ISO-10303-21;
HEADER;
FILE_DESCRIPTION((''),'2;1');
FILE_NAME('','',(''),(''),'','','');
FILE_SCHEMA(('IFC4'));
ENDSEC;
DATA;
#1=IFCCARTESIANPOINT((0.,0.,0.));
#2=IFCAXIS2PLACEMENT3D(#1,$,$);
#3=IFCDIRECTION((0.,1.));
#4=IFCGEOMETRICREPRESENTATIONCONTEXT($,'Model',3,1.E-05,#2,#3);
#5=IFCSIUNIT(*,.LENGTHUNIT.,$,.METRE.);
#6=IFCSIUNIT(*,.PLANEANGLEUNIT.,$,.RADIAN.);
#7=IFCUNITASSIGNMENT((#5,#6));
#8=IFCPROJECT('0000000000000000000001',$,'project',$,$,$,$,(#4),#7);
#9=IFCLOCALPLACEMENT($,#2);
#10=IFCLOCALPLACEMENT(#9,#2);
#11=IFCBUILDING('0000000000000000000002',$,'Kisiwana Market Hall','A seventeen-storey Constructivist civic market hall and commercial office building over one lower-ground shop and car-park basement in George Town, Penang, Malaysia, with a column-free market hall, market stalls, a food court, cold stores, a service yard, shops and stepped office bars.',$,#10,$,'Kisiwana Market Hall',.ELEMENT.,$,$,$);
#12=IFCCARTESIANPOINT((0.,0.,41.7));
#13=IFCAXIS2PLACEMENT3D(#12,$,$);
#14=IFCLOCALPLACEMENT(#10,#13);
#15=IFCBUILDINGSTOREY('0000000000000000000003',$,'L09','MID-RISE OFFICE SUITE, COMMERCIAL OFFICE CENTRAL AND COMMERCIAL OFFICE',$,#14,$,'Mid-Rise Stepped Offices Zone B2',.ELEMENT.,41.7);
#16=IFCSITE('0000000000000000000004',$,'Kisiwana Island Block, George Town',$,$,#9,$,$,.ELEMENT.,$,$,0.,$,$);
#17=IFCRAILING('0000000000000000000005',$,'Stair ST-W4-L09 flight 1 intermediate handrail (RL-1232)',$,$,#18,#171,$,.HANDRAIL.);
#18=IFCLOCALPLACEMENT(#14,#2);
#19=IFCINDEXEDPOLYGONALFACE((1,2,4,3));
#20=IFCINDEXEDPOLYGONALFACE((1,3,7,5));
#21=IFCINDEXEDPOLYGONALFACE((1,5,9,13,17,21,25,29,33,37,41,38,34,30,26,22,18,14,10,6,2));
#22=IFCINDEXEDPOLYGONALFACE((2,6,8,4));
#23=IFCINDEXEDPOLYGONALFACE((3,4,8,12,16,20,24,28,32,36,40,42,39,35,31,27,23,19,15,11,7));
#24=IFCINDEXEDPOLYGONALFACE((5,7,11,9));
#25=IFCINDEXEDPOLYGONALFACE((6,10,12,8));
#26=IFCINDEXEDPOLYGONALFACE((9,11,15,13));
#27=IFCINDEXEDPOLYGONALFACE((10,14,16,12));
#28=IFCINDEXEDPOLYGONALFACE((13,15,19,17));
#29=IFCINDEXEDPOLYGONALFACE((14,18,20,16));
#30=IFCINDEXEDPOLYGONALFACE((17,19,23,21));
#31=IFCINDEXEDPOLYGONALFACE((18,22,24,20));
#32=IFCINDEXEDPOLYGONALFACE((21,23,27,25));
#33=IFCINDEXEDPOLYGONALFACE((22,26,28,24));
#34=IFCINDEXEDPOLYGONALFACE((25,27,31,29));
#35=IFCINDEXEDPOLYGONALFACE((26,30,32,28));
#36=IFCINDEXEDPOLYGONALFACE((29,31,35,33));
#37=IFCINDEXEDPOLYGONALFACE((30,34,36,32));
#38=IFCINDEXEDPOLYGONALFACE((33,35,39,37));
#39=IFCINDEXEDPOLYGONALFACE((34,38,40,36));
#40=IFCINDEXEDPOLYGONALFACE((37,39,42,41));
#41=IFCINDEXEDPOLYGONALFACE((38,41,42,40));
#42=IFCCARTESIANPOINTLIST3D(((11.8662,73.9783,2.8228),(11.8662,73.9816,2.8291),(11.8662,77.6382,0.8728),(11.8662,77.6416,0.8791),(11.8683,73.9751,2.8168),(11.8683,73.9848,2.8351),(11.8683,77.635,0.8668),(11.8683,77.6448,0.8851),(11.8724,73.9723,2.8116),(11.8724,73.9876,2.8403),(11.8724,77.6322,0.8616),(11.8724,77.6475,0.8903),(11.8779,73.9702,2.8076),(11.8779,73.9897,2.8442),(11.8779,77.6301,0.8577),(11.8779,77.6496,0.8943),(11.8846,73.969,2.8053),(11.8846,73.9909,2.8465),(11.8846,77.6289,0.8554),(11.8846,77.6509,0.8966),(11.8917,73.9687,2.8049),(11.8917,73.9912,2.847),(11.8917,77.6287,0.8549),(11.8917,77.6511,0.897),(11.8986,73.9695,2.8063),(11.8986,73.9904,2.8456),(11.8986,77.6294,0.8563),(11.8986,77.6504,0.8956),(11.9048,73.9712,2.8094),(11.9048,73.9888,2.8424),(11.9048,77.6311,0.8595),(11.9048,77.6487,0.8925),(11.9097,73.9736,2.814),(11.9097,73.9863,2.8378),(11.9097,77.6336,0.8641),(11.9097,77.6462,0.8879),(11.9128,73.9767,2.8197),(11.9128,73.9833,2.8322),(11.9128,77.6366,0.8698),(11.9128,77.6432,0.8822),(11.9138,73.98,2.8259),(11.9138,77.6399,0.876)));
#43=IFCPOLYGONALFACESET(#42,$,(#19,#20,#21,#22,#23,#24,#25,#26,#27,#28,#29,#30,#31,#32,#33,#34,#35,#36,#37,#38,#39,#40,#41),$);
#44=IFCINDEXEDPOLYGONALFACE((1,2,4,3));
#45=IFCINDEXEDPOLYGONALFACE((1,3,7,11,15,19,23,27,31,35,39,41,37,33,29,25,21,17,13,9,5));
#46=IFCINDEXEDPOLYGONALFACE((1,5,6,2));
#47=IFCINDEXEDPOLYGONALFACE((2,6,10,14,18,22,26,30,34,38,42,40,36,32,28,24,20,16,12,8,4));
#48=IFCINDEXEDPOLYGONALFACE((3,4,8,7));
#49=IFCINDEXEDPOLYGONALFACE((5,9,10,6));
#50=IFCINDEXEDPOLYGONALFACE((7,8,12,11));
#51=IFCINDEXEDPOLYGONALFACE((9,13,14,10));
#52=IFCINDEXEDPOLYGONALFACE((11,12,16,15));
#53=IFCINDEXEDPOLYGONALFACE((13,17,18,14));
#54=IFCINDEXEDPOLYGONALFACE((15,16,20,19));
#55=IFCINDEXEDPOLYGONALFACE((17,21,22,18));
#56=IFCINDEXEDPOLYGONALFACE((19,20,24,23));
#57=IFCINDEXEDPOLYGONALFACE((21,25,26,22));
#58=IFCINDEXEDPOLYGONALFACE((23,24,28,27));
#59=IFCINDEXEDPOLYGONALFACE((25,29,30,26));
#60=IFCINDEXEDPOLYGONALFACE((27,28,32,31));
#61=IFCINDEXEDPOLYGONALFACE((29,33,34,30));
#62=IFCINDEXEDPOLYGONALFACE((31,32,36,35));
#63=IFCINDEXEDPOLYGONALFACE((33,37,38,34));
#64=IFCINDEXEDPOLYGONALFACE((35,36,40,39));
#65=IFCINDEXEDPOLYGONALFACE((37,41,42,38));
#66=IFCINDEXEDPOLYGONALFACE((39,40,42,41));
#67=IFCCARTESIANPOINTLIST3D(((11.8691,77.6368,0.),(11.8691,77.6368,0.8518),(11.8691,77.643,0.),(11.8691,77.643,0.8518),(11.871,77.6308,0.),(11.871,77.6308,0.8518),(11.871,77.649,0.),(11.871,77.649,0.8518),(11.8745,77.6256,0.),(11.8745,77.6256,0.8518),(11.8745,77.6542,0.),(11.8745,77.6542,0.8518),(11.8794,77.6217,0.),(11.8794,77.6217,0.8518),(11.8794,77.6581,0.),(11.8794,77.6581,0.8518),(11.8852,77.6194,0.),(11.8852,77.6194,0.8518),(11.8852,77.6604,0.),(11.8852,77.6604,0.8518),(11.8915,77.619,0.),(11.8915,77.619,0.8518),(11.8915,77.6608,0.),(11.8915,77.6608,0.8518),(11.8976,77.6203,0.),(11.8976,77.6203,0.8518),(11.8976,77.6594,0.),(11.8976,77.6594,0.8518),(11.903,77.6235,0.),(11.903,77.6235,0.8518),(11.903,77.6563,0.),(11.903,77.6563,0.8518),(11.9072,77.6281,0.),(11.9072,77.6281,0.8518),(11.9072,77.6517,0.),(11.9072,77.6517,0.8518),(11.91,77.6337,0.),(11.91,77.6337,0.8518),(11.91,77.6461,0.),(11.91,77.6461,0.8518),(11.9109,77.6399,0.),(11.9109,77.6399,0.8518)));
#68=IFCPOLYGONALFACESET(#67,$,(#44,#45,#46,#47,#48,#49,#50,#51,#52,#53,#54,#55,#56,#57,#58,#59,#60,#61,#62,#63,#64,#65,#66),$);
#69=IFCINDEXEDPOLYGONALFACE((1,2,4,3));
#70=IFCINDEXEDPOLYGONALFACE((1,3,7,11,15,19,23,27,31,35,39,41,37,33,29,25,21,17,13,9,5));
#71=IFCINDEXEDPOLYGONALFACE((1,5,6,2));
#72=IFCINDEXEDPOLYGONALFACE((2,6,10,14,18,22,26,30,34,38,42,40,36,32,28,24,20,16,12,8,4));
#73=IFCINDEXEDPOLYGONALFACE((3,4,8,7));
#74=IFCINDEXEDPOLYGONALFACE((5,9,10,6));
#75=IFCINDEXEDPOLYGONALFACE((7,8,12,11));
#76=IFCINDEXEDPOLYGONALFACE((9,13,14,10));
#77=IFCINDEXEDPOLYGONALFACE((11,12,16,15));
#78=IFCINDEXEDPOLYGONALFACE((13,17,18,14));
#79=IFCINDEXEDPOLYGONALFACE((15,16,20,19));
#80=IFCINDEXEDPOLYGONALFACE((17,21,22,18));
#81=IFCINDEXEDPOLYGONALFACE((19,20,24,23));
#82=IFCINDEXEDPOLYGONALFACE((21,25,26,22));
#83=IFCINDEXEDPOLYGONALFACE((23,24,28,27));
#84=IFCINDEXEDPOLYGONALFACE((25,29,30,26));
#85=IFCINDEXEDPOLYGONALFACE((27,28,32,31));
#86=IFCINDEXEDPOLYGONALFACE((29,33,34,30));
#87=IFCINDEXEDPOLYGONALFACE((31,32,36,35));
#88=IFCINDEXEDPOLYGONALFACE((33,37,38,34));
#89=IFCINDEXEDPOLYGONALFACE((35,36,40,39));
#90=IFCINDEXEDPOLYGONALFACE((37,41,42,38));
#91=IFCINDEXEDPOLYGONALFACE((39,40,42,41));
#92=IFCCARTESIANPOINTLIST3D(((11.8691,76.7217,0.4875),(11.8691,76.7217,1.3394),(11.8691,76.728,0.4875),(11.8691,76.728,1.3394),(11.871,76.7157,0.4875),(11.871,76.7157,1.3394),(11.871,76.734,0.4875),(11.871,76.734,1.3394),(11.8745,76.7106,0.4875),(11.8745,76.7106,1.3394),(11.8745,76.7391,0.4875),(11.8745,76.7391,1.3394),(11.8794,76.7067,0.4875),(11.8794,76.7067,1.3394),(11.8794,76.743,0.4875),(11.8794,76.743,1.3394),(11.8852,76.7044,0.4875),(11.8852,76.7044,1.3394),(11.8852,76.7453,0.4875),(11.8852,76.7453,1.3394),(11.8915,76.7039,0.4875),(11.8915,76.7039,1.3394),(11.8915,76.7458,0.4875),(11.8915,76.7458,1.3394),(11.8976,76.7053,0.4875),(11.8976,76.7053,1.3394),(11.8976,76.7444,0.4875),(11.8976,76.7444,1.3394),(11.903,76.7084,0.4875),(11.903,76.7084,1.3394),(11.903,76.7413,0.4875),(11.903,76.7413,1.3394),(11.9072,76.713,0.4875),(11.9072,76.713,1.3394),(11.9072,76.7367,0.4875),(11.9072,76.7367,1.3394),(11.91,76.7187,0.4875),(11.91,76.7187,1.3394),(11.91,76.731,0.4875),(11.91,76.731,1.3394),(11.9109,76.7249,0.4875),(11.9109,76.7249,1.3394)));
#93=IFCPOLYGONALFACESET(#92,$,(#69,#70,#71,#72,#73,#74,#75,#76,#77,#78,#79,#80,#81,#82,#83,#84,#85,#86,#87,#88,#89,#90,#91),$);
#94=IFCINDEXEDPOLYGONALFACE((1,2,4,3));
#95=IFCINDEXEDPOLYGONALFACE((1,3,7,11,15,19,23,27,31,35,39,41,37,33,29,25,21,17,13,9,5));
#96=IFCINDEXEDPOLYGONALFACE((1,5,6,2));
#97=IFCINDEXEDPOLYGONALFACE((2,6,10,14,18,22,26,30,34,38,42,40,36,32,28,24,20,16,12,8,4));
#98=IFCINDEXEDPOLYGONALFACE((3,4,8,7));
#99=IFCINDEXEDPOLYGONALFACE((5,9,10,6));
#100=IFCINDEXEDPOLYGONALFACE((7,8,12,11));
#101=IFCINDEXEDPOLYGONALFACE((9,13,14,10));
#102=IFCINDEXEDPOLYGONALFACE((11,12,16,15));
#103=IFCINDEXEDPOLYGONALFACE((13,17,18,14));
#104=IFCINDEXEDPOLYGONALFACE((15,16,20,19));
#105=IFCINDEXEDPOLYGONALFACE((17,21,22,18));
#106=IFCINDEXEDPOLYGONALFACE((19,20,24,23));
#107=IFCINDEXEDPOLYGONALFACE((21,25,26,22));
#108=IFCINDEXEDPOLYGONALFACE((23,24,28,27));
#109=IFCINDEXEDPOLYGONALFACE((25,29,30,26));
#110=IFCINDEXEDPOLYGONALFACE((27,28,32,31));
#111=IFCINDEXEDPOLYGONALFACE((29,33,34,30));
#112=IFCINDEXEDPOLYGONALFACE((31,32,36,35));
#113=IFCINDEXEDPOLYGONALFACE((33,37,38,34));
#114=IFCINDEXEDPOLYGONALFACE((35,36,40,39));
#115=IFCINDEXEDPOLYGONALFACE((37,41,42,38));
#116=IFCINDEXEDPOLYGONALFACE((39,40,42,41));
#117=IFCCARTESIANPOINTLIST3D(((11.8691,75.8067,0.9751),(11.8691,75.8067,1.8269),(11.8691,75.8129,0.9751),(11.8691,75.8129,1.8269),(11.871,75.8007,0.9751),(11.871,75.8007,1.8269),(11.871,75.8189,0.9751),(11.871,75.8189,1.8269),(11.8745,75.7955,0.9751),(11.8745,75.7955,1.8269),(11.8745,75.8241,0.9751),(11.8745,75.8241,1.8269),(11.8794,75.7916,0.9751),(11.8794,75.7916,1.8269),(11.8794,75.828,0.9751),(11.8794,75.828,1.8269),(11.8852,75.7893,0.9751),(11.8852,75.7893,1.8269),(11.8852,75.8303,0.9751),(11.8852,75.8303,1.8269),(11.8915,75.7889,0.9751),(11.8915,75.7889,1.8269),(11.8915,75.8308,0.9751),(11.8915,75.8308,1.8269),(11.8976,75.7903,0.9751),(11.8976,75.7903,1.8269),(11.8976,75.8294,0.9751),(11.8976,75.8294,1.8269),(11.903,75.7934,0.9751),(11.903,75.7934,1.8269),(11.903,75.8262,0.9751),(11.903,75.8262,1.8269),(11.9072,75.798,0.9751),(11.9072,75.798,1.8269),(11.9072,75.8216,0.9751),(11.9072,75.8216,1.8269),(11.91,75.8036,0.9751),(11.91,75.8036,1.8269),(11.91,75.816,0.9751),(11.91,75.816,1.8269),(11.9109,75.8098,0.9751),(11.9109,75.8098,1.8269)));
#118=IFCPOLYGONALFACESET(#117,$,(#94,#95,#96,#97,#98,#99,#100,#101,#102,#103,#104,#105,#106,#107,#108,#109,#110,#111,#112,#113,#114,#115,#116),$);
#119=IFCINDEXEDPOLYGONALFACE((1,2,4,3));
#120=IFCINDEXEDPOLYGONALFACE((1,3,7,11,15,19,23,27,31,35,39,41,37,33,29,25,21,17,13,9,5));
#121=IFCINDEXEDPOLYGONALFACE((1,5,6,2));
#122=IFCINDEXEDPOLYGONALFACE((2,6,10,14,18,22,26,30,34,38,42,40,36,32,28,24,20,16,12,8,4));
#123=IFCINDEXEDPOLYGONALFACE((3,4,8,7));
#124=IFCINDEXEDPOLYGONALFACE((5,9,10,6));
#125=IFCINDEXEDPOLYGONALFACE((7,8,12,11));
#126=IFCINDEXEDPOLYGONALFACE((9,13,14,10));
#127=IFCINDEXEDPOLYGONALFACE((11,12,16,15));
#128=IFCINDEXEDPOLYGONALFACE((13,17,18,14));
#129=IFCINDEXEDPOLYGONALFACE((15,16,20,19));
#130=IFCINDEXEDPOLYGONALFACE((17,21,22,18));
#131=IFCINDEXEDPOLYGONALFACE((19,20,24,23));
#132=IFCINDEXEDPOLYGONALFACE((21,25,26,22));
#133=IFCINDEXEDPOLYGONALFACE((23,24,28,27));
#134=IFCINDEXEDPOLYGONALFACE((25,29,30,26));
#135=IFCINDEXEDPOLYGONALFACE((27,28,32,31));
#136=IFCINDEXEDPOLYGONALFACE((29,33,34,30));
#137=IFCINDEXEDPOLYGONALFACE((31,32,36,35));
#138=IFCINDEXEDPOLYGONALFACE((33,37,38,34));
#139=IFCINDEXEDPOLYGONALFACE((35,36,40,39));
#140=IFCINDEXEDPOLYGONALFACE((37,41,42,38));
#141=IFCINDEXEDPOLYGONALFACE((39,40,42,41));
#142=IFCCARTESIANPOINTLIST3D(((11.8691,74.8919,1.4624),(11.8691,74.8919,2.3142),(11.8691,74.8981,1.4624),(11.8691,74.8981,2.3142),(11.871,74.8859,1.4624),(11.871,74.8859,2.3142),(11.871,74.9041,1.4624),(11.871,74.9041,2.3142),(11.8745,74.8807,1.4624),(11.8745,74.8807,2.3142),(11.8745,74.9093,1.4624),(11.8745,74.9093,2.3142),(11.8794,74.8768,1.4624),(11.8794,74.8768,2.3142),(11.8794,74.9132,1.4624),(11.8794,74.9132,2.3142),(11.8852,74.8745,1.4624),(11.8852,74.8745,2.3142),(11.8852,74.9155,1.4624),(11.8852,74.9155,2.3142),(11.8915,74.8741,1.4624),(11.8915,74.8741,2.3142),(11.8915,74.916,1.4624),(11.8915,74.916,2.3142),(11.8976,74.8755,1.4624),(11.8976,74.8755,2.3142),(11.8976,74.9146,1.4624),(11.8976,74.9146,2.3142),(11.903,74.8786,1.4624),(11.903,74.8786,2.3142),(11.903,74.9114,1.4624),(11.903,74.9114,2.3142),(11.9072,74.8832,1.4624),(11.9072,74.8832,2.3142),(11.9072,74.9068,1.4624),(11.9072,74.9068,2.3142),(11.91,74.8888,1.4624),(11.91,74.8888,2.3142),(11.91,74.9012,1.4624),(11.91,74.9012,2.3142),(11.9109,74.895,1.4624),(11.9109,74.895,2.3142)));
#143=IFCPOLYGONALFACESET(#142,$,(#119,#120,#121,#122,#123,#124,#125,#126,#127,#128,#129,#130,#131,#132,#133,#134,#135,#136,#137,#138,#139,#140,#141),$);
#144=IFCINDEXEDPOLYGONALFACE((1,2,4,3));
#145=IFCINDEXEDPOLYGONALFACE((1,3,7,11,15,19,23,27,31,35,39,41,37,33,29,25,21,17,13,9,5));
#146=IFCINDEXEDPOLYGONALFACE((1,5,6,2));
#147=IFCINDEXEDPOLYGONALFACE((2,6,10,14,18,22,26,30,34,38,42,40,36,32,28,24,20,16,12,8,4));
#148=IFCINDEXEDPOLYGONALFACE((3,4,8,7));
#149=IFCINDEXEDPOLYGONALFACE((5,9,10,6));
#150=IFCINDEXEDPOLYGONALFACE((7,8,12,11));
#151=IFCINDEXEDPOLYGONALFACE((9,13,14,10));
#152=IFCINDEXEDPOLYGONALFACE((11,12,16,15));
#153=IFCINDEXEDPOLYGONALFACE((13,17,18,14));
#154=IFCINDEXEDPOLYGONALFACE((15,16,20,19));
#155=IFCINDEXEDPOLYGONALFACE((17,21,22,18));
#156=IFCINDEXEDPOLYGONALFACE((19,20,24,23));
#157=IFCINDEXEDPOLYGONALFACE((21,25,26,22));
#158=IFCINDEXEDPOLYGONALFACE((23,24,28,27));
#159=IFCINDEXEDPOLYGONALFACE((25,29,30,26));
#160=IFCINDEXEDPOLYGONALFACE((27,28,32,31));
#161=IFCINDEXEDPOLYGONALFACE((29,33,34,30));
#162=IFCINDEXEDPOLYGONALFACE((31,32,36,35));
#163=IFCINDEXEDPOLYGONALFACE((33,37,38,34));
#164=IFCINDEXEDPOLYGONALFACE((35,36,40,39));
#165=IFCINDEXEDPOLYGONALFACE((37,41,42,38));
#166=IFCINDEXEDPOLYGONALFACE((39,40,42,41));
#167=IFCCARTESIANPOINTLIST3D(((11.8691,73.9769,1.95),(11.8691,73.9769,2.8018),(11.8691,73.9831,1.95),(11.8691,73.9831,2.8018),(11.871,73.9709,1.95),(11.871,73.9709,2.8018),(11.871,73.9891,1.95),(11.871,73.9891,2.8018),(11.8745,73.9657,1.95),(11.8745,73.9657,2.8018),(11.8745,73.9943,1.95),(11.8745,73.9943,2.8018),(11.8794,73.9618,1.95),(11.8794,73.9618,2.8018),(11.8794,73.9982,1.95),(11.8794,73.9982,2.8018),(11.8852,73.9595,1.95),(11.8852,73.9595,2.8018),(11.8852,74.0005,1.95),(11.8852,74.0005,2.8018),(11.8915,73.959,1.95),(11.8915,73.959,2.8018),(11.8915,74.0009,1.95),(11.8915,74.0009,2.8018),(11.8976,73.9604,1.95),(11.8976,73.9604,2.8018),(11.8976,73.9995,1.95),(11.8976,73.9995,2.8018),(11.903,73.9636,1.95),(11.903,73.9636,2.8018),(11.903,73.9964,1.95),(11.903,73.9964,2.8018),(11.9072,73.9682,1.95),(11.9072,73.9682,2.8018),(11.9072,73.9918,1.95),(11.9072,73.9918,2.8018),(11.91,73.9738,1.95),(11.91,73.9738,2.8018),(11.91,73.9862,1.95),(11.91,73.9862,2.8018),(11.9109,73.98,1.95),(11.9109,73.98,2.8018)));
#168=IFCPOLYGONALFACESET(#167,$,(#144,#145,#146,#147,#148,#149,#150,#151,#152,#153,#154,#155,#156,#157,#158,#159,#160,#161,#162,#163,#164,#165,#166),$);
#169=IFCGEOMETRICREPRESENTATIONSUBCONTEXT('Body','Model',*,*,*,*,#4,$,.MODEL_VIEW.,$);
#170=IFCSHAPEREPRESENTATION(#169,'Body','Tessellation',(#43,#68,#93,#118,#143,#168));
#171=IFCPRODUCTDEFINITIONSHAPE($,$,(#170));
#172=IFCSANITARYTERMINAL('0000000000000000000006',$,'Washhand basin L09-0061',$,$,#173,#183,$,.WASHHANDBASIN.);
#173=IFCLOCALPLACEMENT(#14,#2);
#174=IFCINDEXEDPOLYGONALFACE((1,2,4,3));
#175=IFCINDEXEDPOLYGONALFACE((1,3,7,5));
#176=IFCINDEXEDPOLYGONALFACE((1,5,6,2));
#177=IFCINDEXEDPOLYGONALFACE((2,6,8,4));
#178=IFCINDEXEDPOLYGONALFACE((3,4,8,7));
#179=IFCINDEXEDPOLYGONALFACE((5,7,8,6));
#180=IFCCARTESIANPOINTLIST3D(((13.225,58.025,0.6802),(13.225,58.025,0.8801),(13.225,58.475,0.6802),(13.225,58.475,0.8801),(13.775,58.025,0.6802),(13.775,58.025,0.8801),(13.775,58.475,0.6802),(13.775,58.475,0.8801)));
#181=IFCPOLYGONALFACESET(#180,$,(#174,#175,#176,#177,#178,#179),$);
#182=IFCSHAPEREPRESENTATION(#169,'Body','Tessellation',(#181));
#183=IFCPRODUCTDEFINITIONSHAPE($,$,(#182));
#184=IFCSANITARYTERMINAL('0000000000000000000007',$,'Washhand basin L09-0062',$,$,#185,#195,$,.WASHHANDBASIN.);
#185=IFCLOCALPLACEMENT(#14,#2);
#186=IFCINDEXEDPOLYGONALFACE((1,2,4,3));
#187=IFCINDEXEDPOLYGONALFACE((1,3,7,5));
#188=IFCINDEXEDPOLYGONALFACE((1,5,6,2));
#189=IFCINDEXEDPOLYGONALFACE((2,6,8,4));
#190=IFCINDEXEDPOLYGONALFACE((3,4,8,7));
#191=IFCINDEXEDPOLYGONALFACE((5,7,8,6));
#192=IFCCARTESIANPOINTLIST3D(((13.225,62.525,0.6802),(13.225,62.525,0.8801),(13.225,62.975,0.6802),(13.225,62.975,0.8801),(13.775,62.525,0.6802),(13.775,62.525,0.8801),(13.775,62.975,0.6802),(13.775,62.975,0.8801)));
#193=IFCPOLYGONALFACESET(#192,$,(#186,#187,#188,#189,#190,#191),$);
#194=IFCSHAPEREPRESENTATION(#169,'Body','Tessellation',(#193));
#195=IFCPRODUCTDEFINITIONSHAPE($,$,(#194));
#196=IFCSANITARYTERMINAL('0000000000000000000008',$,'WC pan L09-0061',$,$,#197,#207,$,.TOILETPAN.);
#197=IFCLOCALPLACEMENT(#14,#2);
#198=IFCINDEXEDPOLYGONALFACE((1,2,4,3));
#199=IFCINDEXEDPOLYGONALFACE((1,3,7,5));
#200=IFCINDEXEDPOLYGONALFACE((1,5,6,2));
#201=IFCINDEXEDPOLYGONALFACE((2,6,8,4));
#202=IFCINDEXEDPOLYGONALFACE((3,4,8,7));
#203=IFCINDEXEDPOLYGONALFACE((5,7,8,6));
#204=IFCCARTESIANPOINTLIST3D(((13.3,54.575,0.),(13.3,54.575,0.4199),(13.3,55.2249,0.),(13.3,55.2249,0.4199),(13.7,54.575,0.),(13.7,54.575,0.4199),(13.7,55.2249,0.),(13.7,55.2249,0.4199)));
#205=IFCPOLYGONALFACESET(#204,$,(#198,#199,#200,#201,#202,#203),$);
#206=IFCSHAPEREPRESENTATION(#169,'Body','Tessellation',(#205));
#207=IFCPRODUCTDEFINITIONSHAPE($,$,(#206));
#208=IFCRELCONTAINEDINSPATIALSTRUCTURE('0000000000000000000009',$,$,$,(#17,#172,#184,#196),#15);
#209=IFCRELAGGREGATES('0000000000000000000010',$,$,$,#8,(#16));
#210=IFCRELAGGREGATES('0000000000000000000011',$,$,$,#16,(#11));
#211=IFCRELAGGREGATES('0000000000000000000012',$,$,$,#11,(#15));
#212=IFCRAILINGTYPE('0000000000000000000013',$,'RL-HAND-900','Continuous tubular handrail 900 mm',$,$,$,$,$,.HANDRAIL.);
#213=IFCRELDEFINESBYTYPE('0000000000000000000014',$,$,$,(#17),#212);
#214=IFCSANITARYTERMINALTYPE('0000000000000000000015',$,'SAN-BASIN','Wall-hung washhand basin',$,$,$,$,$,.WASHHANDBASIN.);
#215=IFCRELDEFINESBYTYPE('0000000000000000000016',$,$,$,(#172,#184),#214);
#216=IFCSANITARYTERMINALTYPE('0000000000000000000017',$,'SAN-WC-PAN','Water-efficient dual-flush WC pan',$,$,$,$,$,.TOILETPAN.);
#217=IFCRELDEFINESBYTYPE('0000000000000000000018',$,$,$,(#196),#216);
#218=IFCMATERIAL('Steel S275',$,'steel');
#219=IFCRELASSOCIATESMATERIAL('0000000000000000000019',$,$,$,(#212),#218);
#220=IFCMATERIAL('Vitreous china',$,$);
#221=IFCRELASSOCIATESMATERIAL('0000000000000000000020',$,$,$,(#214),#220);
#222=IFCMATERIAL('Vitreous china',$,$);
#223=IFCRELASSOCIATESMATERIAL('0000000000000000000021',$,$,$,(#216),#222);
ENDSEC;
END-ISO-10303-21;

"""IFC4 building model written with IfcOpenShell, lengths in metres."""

from ifc_helpers import new_model, si_unit, direction, frame, origin, origin_2d, place, context, subcontext, project, spatial, rectangle, circle, extrude, material, type_object, element, save


model = new_model("IFC4")

# Units and contexts
model_context = context("Model", 3, precision=1e-05, world=origin(), true_north=direction((0.0, 1.0)))
body_context = subcontext(model_context, "Body", "Model", "MODEL_VIEW")
ifc_project = project(units=[si_unit("LENGTHUNIT", "METRE"), si_unit("PLANEANGLEUNIT", "RADIAN")], contexts=[model_context])

# Site, building, storey
site_placement = place(None, origin())
site = spatial("IfcSite", under=ifc_project, at=site_placement, Name="Kisiwana Island Block, George Town", CompositionType="ELEMENT", RefElevation=0.0)
building_placement = place(site_placement, origin())
building = spatial("IfcBuilding", under=site, at=building_placement, Name="Kisiwana Market Hall", Description="A seventeen-storey Constructivist civic market hall and commercial office building over one lower-ground shop and car-park basement in George Town, Penang, Malaysia, with a column-free market hall, market stalls, a food court, cold stores, a service yard, shops and stepped office bars.", LongName="Kisiwana Market Hall", CompositionType="ELEMENT")
storey_placement = place(building_placement, frame((0.0, 0.0, 41.7)))
storey = spatial("IfcBuildingStorey", under=building, at=storey_placement, Name="L09", Description="MID-RISE OFFICE SUITE, COMMERCIAL OFFICE CENTRAL AND COMMERCIAL OFFICE", LongName="Mid-Rise Stepped Offices Zone B2", CompositionType="ELEMENT", Elevation=41.7)

# Railing
ifc_material_1 = material(Name="Steel S275", Category="steel")
railing_type_1 = type_object("IfcRailingType", Name="RL-HAND-900", Description="Continuous tubular handrail 900 mm", PredefinedType="HANDRAIL", material=ifc_material_1)
for number, where, name in (
    (1, (11.8899, 77.6399, 0.0), "Stair ST-W4-L09 flight 1 intermediate handrail (RL-1232)"),
):
    element("IfcRailing", number, at=place(storey_placement, frame(where)), inside=storey, type_object=railing_type_1, Name=name, PredefinedType="HANDRAIL", context=body_context, shape_type="SweptSolid", body=[
        extrude(circle(Radius=0.0239, at=origin_2d()), frame((0.0, 0.0, 0.876), z_axis=(0.0, -0.882553, 0.470212), x_axis=(1.0, 0.0, 0.0)), (0.0, 0.0, 1.0), 4.147),
        extrude(circle(Radius=0.021, at=origin_2d()), origin(), (0.0, 0.0, 1.0), 0.8518),
        extrude(circle(Radius=0.021, at=origin_2d()), frame((0.0, -0.915, 0.4875)), (0.0, 0.0, 1.0), 0.8518),
        extrude(circle(Radius=0.021, at=origin_2d()), frame((0.0, -1.8301, 0.9751)), (0.0, 0.0, 1.0), 0.8518),
        extrude(circle(Radius=0.021, at=origin_2d()), frame((0.0, -2.7449, 1.4624)), (0.0, 0.0, 1.0), 0.8518),
        extrude(circle(Radius=0.021, at=origin_2d()), frame((0.0, -3.6599, 1.95)), (0.0, 0.0, 1.0), 0.8518),
    ])

# Sanitary terminals
ifc_material_2 = material(Name="Vitreous china")
sanitary_terminal_type_1 = type_object("IfcSanitaryTerminalType", Name="SAN-BASIN", Description="Wall-hung washhand basin", PredefinedType="WASHHANDBASIN", material=ifc_material_2)
for number, where, z_axis, x_axis, name in (
    (2, (13.5, 58.25, 0.6802), (0.0, 0.0, 1.0), (1.0, 0.0, 0.0), "Washhand basin L09-0061"),
    (3, (13.5, 62.75, 0.6802), (0.0, 0.0, 1.0), (1.0, 0.0, 0.0), "Washhand basin L09-0062"),
):
    element("IfcSanitaryTerminal", number, at=place(storey_placement, frame(where, z_axis=z_axis, x_axis=x_axis)), inside=storey, type_object=sanitary_terminal_type_1, Name=name, PredefinedType="WASHHANDBASIN", context=body_context, shape_type="SweptSolid", body=[
        extrude(rectangle(XDim=0.55, YDim=0.45, at=origin_2d()), origin(), (0.0, 0.0, 1.0), 0.2),
    ])
ifc_material_3 = material(Name="Vitreous china")
sanitary_terminal_type_2 = type_object("IfcSanitaryTerminalType", Name="SAN-WC-PAN", Description="Water-efficient dual-flush WC pan", PredefinedType="TOILETPAN", material=ifc_material_3)
for number, where, z_axis, x_axis, name in (
    (4, (13.5, 54.8999, 0.0), (0.0, 0.0, 1.0), (1.0, 0.0, 0.0), "WC pan L09-0061"),
):
    element("IfcSanitaryTerminal", number, at=place(storey_placement, frame(where, z_axis=z_axis, x_axis=x_axis)), inside=storey, type_object=sanitary_terminal_type_2, Name=name, PredefinedType="TOILETPAN", context=body_context, shape_type="SweptSolid", body=[
        extrude(rectangle(XDim=0.3999, YDim=0.6499, at=origin_2d()), origin(), (0.0, 0.0, 1.0), 0.4199),
    ])

save(model, "model.ifc")
